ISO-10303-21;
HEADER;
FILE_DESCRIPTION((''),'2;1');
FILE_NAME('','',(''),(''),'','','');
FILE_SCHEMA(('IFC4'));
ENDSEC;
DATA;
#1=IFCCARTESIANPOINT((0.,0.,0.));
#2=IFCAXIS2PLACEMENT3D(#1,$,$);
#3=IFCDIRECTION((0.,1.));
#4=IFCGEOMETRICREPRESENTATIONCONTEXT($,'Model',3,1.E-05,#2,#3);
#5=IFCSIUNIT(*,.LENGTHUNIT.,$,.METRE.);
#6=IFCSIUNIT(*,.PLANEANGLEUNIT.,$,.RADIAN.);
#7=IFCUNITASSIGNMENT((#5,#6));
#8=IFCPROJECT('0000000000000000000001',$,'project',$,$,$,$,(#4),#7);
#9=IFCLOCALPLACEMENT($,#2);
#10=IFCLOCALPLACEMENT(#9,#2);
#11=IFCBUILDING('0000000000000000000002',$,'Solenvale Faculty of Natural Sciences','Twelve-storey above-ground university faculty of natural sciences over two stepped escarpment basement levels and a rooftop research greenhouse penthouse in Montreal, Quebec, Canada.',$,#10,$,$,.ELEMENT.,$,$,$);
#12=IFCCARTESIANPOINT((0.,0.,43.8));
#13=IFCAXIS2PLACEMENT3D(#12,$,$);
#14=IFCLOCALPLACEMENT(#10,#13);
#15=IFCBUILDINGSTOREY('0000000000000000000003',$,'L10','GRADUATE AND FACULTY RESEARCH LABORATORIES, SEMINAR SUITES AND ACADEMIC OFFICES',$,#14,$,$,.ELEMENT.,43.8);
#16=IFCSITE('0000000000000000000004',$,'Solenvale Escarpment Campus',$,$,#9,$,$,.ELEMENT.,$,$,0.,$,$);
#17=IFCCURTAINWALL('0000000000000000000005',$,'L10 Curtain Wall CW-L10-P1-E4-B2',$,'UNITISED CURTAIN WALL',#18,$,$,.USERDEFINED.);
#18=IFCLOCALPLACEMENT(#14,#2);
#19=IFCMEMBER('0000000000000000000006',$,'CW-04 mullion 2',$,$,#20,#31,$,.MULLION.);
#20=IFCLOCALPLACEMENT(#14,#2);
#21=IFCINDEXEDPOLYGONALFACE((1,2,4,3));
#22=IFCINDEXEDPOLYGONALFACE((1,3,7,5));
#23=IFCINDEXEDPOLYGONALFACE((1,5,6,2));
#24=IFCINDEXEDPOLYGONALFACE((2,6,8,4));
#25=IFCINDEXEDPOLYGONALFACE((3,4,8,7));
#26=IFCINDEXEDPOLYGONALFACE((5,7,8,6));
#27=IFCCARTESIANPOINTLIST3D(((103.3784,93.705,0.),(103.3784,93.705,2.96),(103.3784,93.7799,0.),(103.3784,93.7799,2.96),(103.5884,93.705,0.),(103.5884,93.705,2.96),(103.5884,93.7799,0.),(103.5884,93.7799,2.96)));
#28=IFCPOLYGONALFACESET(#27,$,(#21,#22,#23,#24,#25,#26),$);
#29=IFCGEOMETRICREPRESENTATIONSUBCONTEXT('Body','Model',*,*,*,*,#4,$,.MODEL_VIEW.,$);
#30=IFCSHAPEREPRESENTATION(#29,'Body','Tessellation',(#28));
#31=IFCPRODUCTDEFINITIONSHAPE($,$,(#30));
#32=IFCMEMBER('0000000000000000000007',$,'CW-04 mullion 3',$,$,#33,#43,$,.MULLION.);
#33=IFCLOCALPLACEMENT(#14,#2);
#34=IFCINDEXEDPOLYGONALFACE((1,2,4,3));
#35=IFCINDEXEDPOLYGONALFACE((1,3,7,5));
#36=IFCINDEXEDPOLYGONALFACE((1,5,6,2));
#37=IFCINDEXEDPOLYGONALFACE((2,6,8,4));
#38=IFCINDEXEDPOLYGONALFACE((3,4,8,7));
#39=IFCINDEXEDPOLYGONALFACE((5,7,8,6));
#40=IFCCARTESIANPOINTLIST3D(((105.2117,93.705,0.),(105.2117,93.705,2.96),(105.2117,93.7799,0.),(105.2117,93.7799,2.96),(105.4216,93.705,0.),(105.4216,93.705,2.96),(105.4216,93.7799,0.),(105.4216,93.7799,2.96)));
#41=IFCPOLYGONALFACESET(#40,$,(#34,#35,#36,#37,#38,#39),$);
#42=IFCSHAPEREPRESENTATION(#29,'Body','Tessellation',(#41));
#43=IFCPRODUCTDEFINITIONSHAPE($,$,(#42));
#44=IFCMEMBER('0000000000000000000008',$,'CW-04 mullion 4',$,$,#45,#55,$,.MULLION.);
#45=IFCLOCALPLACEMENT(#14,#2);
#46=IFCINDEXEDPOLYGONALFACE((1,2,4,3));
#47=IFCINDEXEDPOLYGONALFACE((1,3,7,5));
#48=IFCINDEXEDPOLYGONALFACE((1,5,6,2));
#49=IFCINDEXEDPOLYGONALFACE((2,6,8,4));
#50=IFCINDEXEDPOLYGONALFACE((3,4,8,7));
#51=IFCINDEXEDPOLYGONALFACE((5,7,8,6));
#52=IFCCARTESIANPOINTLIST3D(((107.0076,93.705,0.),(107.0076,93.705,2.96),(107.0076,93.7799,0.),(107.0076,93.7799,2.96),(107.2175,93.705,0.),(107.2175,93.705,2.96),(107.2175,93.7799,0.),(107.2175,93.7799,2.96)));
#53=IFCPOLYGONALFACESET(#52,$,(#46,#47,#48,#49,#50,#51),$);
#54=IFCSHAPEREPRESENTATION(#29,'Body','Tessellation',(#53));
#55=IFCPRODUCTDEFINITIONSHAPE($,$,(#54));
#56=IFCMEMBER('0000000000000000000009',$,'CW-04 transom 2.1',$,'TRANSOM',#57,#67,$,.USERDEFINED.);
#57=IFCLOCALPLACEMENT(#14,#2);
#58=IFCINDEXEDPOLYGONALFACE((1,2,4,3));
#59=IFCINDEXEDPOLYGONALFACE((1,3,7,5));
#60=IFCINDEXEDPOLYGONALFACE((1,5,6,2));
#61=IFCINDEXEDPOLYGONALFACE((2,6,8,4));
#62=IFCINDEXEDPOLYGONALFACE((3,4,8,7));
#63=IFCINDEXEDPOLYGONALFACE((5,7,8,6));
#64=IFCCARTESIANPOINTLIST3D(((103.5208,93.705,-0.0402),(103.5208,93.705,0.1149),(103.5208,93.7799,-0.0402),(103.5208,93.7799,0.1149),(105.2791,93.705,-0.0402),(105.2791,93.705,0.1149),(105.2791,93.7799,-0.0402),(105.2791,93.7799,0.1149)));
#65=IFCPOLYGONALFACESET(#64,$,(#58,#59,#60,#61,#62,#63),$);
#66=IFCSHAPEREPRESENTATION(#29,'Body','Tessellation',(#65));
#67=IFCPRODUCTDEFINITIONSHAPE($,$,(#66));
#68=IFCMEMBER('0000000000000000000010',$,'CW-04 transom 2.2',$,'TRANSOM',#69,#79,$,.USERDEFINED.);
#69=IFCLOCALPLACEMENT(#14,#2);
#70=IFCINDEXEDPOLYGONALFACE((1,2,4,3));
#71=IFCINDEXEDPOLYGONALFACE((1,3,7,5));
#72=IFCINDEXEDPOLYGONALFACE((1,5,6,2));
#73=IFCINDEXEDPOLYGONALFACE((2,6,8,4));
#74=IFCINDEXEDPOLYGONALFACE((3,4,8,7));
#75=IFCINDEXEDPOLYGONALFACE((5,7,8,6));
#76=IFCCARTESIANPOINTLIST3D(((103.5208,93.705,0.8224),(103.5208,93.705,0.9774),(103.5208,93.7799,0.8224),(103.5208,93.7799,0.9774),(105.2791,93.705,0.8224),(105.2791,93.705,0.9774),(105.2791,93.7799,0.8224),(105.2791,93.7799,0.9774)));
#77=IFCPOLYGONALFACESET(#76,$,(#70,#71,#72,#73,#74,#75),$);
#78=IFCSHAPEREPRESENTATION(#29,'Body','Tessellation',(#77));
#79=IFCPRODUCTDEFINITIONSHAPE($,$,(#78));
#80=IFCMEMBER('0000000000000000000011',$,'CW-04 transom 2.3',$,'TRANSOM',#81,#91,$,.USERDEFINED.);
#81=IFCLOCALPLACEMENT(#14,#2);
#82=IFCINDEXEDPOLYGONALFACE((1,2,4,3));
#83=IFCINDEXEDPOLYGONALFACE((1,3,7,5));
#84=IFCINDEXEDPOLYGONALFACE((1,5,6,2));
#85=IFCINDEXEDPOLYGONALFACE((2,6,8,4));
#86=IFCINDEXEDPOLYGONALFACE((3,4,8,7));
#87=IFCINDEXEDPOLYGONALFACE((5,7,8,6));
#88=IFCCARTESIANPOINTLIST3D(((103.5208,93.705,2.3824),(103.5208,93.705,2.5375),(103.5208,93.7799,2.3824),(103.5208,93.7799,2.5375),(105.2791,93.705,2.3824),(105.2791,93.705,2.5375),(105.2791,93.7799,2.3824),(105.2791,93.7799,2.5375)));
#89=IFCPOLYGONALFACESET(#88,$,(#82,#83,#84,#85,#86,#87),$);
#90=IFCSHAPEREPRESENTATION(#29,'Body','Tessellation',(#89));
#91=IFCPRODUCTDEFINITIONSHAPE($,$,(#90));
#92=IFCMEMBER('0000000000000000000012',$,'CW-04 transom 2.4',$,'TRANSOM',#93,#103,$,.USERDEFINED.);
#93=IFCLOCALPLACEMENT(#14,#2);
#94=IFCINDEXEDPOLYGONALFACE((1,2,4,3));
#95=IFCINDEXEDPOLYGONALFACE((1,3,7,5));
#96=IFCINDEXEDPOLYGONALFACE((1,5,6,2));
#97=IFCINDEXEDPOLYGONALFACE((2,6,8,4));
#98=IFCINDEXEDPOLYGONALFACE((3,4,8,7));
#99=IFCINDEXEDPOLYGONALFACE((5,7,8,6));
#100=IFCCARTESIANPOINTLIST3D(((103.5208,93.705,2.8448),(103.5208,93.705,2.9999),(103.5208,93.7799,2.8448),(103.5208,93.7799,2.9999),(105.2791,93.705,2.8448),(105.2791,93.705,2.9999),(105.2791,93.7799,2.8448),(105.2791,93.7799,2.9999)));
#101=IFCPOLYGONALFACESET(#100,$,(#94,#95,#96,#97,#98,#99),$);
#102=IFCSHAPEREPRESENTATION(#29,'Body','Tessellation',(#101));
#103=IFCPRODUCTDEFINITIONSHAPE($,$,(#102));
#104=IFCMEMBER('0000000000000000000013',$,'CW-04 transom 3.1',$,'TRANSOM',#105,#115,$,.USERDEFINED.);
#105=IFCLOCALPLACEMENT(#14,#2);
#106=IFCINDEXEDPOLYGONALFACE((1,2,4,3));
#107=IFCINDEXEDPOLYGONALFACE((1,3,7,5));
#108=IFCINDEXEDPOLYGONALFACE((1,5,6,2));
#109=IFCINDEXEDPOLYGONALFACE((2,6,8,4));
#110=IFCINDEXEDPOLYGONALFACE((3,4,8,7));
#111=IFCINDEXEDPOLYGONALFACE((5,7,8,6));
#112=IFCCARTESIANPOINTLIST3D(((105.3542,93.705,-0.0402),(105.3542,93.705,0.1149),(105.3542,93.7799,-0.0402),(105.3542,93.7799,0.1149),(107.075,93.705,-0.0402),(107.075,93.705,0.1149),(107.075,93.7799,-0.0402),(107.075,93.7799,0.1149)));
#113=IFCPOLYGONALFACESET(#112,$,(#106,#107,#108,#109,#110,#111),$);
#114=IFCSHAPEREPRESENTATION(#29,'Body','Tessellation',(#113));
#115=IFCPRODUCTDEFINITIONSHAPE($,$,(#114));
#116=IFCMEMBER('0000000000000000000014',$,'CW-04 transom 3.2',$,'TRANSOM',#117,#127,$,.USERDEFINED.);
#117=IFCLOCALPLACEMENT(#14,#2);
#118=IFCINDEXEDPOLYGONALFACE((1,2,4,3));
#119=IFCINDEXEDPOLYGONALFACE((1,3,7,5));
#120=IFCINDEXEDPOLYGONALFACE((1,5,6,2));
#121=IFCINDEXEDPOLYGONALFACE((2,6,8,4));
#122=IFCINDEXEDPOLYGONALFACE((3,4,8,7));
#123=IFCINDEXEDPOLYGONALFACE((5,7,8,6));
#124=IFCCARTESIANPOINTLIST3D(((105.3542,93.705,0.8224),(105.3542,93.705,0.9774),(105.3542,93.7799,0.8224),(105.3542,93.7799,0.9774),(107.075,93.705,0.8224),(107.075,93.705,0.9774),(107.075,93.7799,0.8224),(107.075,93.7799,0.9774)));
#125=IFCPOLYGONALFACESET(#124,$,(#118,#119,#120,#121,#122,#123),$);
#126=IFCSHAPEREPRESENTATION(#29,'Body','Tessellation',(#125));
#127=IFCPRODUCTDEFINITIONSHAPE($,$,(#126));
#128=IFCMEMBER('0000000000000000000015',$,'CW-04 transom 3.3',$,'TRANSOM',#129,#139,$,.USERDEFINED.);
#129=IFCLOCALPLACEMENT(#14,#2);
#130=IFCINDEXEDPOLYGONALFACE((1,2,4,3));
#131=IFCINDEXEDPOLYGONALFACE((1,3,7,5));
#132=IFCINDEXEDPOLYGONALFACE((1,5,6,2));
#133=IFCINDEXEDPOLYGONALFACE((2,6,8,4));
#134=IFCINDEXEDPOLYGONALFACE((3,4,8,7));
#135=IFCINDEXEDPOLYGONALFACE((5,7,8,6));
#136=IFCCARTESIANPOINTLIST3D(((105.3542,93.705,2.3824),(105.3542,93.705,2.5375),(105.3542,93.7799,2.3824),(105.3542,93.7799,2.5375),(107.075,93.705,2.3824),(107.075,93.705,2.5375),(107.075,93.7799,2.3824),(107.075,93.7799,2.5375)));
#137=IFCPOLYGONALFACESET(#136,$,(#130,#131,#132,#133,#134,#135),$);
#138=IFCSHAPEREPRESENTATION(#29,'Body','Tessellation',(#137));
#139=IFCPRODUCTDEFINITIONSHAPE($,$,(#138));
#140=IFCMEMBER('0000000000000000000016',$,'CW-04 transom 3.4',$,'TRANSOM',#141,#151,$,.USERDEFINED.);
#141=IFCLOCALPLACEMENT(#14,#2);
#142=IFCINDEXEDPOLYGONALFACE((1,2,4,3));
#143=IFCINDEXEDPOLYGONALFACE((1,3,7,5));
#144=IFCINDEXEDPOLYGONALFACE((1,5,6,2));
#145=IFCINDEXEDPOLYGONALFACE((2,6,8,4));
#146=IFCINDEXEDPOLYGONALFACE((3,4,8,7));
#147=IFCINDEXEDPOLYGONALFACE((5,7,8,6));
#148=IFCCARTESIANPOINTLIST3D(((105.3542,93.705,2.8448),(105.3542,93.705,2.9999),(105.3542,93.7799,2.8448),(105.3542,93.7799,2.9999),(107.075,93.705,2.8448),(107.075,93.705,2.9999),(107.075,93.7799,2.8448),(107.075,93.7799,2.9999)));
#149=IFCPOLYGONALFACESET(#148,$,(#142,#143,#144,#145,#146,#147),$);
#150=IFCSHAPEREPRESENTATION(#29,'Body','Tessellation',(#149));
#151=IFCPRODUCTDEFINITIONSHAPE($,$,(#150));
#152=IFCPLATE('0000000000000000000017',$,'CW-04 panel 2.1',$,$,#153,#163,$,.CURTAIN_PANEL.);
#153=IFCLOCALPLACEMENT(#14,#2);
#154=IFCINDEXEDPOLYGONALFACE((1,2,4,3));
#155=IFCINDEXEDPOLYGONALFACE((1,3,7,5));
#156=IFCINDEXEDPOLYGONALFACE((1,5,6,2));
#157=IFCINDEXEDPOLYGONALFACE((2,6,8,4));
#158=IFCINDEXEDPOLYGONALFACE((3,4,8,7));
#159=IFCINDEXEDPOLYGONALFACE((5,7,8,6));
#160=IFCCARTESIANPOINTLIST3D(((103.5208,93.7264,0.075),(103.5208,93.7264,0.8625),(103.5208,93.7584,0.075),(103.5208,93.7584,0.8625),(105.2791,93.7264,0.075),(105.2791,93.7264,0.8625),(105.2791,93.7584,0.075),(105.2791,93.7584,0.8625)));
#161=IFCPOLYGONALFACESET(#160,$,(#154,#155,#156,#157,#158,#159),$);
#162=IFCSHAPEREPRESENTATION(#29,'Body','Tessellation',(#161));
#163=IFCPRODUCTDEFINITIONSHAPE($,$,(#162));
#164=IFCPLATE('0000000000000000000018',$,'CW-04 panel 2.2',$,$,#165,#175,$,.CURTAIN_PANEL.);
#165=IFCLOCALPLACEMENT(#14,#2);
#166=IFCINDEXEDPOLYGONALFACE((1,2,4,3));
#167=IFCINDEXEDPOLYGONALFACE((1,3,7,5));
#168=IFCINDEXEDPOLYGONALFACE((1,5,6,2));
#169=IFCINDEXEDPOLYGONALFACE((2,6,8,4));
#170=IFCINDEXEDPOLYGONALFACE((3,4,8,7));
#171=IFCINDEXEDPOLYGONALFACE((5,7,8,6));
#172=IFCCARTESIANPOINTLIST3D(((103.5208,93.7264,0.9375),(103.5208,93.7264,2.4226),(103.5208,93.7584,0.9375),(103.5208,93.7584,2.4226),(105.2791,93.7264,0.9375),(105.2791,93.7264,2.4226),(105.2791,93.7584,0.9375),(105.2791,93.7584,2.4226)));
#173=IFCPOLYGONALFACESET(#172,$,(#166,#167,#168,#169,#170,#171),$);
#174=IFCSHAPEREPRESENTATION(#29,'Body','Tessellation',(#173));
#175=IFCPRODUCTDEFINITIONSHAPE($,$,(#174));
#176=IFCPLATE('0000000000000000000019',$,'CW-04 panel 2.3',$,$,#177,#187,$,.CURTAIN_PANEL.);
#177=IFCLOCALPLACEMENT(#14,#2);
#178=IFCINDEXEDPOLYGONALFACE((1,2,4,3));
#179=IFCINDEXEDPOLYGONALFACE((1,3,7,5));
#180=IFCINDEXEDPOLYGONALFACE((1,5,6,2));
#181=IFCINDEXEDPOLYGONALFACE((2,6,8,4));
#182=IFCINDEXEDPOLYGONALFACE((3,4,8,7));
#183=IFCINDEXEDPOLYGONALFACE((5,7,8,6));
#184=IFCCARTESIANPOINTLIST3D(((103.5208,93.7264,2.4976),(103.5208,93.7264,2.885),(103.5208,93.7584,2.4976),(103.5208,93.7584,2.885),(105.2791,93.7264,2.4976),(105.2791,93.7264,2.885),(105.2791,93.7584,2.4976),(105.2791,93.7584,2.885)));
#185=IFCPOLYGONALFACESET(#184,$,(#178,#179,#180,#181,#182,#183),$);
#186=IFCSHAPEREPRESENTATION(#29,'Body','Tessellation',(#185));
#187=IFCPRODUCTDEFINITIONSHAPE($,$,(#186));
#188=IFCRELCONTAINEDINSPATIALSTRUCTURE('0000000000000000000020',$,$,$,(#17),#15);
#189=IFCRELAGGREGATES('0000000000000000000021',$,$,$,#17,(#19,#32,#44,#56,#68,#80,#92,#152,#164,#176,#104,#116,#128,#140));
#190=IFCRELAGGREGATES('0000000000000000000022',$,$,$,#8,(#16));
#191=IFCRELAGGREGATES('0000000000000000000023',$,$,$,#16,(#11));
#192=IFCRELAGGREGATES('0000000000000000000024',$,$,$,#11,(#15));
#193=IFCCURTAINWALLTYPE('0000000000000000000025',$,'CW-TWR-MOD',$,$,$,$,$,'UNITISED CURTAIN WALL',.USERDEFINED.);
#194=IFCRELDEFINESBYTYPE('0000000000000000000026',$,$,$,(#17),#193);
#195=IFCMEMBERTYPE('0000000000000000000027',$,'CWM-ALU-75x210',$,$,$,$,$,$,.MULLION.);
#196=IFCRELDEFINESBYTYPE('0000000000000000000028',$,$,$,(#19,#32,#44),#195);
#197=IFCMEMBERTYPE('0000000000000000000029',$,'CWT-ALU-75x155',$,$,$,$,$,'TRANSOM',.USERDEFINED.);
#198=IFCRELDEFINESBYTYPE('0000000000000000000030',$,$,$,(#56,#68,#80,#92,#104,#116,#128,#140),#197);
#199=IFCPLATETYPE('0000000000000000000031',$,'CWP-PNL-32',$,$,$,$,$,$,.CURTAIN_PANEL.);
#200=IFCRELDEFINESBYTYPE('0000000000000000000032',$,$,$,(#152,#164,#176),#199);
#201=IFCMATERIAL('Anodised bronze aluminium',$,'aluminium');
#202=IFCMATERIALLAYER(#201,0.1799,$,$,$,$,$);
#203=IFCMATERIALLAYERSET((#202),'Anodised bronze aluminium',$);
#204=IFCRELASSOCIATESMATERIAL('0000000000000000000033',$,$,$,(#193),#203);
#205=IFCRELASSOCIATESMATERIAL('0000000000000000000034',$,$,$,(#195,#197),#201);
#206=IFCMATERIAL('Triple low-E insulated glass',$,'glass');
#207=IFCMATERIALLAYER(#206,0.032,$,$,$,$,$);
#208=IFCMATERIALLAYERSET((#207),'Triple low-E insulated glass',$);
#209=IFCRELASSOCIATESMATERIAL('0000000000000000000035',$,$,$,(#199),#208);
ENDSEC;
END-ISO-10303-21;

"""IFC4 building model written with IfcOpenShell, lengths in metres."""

from ifc_helpers import new_model, si_unit, direction, frame, origin, origin_2d, place, context, subcontext, project, spatial, rectangle, extrude, material, layer, layer_set, material_profile, profile_set, type_object, element, aggregate, save


model = new_model("IFC4")

# Units and contexts
model_context = context("Model", 3, precision=1e-05, world=origin(), true_north=direction((0.0, 1.0)))
body_context = subcontext(model_context, "Body", "Model", "MODEL_VIEW")
ifc_project = project(units=[si_unit("LENGTHUNIT", "METRE"), si_unit("PLANEANGLEUNIT", "RADIAN")], contexts=[model_context])

# Site, building, storey
site_placement = place(None, origin())
site = spatial("IfcSite", under=ifc_project, at=site_placement, Name="Solenvale Escarpment Campus", CompositionType="ELEMENT", RefElevation=0.0)
building_placement = place(site_placement, origin())
building = spatial("IfcBuilding", under=site, at=building_placement, Name="Solenvale Faculty of Natural Sciences", Description="Twelve-storey above-ground university faculty of natural sciences over two stepped escarpment basement levels and a rooftop research greenhouse penthouse in Montreal, Quebec, Canada.", CompositionType="ELEMENT")
storey_placement = place(building_placement, frame((0.0, 0.0, 43.8)))
storey = spatial("IfcBuildingStorey", under=building, at=storey_placement, Name="L10", Description="GRADUATE AND FACULTY RESEARCH LABORATORIES, SEMINAR SUITES AND ACADEMIC OFFICES", CompositionType="ELEMENT", Elevation=43.8)

# Curtain wall, members, plates
ifc_material_1 = material(Name="Anodised bronze aluminium", Category="aluminium")
ifc_layer_1 = layer(ifc_material_1, 0.1799)
ifc_layer_set_1 = layer_set([ifc_layer_1], Name="Anodised bronze aluminium")
curtain_wall_type = type_object("IfcCurtainWallType", Name="CW-TWR-MOD", ElementType="UNITISED CURTAIN WALL", PredefinedType="USERDEFINED", material=ifc_layer_set_1)
curtain_wall_placement = place(storey_placement, origin())
curtain_wall = element("IfcCurtainWall", 1, at=curtain_wall_placement, inside=storey, type_object=curtain_wall_type, Name="L10 Curtain Wall CW-L10-P1-E4-B2", ObjectType="UNITISED CURTAIN WALL", PredefinedType="USERDEFINED")
ifc_material_profile_1 = material_profile(ifc_material_1, rectangle(XDim=0.075, YDim=0.21, at=origin_2d()), Name="ALU-MUL-75x210")
ifc_profile_set_1 = profile_set([ifc_material_profile_1], Name="Anodised bronze aluminium")
member_type_1 = type_object("IfcMemberType", Name="CWM-ALU-75x210", PredefinedType="MULLION", material=ifc_profile_set_1)
member_1_placement = place(storey_placement, frame((103.4834, 93.7424, 0.0), z_axis=(0.0, 0.0, 1.0), x_axis=(0.0, 1.0, 0.0)))
member_1 = element("IfcMember", 2, at=member_1_placement, type_object=member_type_1, Name="CW-04 mullion 2", PredefinedType="MULLION", context=body_context, shape_type="SweptSolid", body=[
    extrude(rectangle(XDim=0.075, YDim=0.21, at=origin_2d()), origin(), (0.0, 0.0, 1.0), 2.96),
])
member_2_placement = place(storey_placement, frame((105.3167, 93.7424, 0.0), z_axis=(0.0, 0.0, 1.0), x_axis=(0.0, 1.0, 0.0)))
member_2 = element("IfcMember", 3, at=member_2_placement, type_object=member_type_1, Name="CW-04 mullion 3", PredefinedType="MULLION", context=body_context, shape_type="SweptSolid", body=[
    extrude(rectangle(XDim=0.075, YDim=0.21, at=origin_2d()), origin(), (0.0, 0.0, 1.0), 2.96),
])
member_3_placement = place(storey_placement, frame((107.1125, 93.7424, 0.0), z_axis=(0.0, 0.0, 1.0), x_axis=(0.0, 1.0, 0.0)))
member_3 = element("IfcMember", 4, at=member_3_placement, type_object=member_type_1, Name="CW-04 mullion 4", PredefinedType="MULLION", context=body_context, shape_type="SweptSolid", body=[
    extrude(rectangle(XDim=0.075, YDim=0.21, at=origin_2d()), origin(), (0.0, 0.0, 1.0), 2.96),
])
ifc_material_profile_2 = material_profile(ifc_material_1, rectangle(XDim=0.075, YDim=0.155, at=origin_2d()), Name="ALU-TRN-75x155")
ifc_profile_set_2 = profile_set([ifc_material_profile_2], Name="Anodised bronze aluminium")
member_type_2 = type_object("IfcMemberType", Name="CWT-ALU-75x155", ElementType="TRANSOM", PredefinedType="USERDEFINED", material=ifc_profile_set_2)
member_4_placement = place(storey_placement, frame((103.5208, 93.7424, 0.0374), z_axis=(1.0, 0.0, 0.0), x_axis=(0.0, 1.0, 0.0)))
member_4 = element("IfcMember", 5, at=member_4_placement, type_object=member_type_2, Name="CW-04 transom 2.1", ObjectType="TRANSOM", PredefinedType="USERDEFINED", context=body_context, shape_type="SweptSolid", body=[
    extrude(rectangle(XDim=0.075, YDim=0.155, at=origin_2d()), origin(), (0.0, 0.0, 1.0), 1.7583),
])
member_5_placement = place(storey_placement, frame((103.5208, 93.7424, 0.8999), z_axis=(1.0, 0.0, 0.0), x_axis=(0.0, 1.0, 0.0)))
member_5 = element("IfcMember", 6, at=member_5_placement, type_object=member_type_2, Name="CW-04 transom 2.2", ObjectType="TRANSOM", PredefinedType="USERDEFINED", context=body_context, shape_type="SweptSolid", body=[
    extrude(rectangle(XDim=0.075, YDim=0.155, at=origin_2d()), origin(), (0.0, 0.0, 1.0), 1.7583),
])
member_6_placement = place(storey_placement, frame((103.5208, 93.7424, 2.46), z_axis=(1.0, 0.0, 0.0), x_axis=(0.0, 1.0, 0.0)))
member_6 = element("IfcMember", 7, at=member_6_placement, type_object=member_type_2, Name="CW-04 transom 2.3", ObjectType="TRANSOM", PredefinedType="USERDEFINED", context=body_context, shape_type="SweptSolid", body=[
    extrude(rectangle(XDim=0.075, YDim=0.155, at=origin_2d()), origin(), (0.0, 0.0, 1.0), 1.7583),
])
member_7_placement = place(storey_placement, frame((103.5208, 93.7424, 2.9224), z_axis=(1.0, 0.0, 0.0), x_axis=(0.0, 1.0, 0.0)))
member_7 = element("IfcMember", 8, at=member_7_placement, type_object=member_type_2, Name="CW-04 transom 2.4", ObjectType="TRANSOM", PredefinedType="USERDEFINED", context=body_context, shape_type="SweptSolid", body=[
    extrude(rectangle(XDim=0.075, YDim=0.155, at=origin_2d()), origin(), (0.0, 0.0, 1.0), 1.7583),
])
member_8_placement = place(storey_placement, frame((105.3542, 93.7424, 0.0374), z_axis=(1.0, 0.0, 0.0), x_axis=(0.0, 1.0, 0.0)))
member_8 = element("IfcMember", 9, at=member_8_placement, type_object=member_type_2, Name="CW-04 transom 3.1", ObjectType="TRANSOM", PredefinedType="USERDEFINED", context=body_context, shape_type="SweptSolid", body=[
    extrude(rectangle(XDim=0.075, YDim=0.155, at=origin_2d()), origin(), (0.0, 0.0, 1.0), 1.7207),
])
member_9_placement = place(storey_placement, frame((105.3542, 93.7424, 0.8999), z_axis=(1.0, 0.0, 0.0), x_axis=(0.0, 1.0, 0.0)))
member_9 = element("IfcMember", 10, at=member_9_placement, type_object=member_type_2, Name="CW-04 transom 3.2", ObjectType="TRANSOM", PredefinedType="USERDEFINED", context=body_context, shape_type="SweptSolid", body=[
    extrude(rectangle(XDim=0.075, YDim=0.155, at=origin_2d()), origin(), (0.0, 0.0, 1.0), 1.7207),
])
member_10_placement = place(storey_placement, frame((105.3542, 93.7424, 2.46), z_axis=(1.0, 0.0, 0.0), x_axis=(0.0, 1.0, 0.0)))
member_10 = element("IfcMember", 11, at=member_10_placement, type_object=member_type_2, Name="CW-04 transom 3.3", ObjectType="TRANSOM", PredefinedType="USERDEFINED", context=body_context, shape_type="SweptSolid", body=[
    extrude(rectangle(XDim=0.075, YDim=0.155, at=origin_2d()), origin(), (0.0, 0.0, 1.0), 1.7207),
])
member_11_placement = place(storey_placement, frame((105.3542, 93.7424, 2.9224), z_axis=(1.0, 0.0, 0.0), x_axis=(0.0, 1.0, 0.0)))
member_11 = element("IfcMember", 12, at=member_11_placement, type_object=member_type_2, Name="CW-04 transom 3.4", ObjectType="TRANSOM", PredefinedType="USERDEFINED", context=body_context, shape_type="SweptSolid", body=[
    extrude(rectangle(XDim=0.075, YDim=0.155, at=origin_2d()), origin(), (0.0, 0.0, 1.0), 1.7207),
])
ifc_material_2 = material(Name="Triple low-E insulated glass", Category="glass")
ifc_layer_2 = layer(ifc_material_2, 0.032)
ifc_layer_set_2 = layer_set([ifc_layer_2], Name="Triple low-E insulated glass")
plate_type = type_object("IfcPlateType", Name="CWP-PNL-32", PredefinedType="CURTAIN_PANEL", material=ifc_layer_set_2)
plate_1_placement = place(storey_placement, frame((104.3999, 93.7424, 0.075), z_axis=(0.0, 0.0, 1.0), x_axis=(1.0, 0.0, 0.0)))
plate_1 = element("IfcPlate", 13, at=plate_1_placement, type_object=plate_type, Name="CW-04 panel 2.1", PredefinedType="CURTAIN_PANEL", context=body_context, shape_type="SweptSolid", body=[
    extrude(rectangle(XDim=1.7583, YDim=0.032, at=origin_2d()), origin(), (0.0, 0.0, 1.0), 0.7876),
])
plate_2_placement = place(storey_placement, frame((104.3999, 93.7424, 0.9375), z_axis=(0.0, 0.0, 1.0), x_axis=(1.0, 0.0, 0.0)))
plate_2 = element("IfcPlate", 14, at=plate_2_placement, type_object=plate_type, Name="CW-04 panel 2.2", PredefinedType="CURTAIN_PANEL", context=body_context, shape_type="SweptSolid", body=[
    extrude(rectangle(XDim=1.7583, YDim=0.032, at=origin_2d()), origin(), (0.0, 0.0, 1.0), 1.4851),
])
plate_3_placement = place(storey_placement, frame((104.3999, 93.7424, 2.4976), z_axis=(0.0, 0.0, 1.0), x_axis=(1.0, 0.0, 0.0)))
plate_3 = element("IfcPlate", 15, at=plate_3_placement, type_object=plate_type, Name="CW-04 panel 2.3", PredefinedType="CURTAIN_PANEL", context=body_context, shape_type="SweptSolid", body=[
    extrude(rectangle(XDim=1.7583, YDim=0.032, at=origin_2d()), origin(), (0.0, 0.0, 1.0), 0.3875),
])
aggregate(curtain_wall, [member_1, member_2, member_3, member_4, member_5, member_6, member_7, plate_1, plate_2, plate_3, member_8, member_9, member_10, member_11])

save(model, "model.ifc")
